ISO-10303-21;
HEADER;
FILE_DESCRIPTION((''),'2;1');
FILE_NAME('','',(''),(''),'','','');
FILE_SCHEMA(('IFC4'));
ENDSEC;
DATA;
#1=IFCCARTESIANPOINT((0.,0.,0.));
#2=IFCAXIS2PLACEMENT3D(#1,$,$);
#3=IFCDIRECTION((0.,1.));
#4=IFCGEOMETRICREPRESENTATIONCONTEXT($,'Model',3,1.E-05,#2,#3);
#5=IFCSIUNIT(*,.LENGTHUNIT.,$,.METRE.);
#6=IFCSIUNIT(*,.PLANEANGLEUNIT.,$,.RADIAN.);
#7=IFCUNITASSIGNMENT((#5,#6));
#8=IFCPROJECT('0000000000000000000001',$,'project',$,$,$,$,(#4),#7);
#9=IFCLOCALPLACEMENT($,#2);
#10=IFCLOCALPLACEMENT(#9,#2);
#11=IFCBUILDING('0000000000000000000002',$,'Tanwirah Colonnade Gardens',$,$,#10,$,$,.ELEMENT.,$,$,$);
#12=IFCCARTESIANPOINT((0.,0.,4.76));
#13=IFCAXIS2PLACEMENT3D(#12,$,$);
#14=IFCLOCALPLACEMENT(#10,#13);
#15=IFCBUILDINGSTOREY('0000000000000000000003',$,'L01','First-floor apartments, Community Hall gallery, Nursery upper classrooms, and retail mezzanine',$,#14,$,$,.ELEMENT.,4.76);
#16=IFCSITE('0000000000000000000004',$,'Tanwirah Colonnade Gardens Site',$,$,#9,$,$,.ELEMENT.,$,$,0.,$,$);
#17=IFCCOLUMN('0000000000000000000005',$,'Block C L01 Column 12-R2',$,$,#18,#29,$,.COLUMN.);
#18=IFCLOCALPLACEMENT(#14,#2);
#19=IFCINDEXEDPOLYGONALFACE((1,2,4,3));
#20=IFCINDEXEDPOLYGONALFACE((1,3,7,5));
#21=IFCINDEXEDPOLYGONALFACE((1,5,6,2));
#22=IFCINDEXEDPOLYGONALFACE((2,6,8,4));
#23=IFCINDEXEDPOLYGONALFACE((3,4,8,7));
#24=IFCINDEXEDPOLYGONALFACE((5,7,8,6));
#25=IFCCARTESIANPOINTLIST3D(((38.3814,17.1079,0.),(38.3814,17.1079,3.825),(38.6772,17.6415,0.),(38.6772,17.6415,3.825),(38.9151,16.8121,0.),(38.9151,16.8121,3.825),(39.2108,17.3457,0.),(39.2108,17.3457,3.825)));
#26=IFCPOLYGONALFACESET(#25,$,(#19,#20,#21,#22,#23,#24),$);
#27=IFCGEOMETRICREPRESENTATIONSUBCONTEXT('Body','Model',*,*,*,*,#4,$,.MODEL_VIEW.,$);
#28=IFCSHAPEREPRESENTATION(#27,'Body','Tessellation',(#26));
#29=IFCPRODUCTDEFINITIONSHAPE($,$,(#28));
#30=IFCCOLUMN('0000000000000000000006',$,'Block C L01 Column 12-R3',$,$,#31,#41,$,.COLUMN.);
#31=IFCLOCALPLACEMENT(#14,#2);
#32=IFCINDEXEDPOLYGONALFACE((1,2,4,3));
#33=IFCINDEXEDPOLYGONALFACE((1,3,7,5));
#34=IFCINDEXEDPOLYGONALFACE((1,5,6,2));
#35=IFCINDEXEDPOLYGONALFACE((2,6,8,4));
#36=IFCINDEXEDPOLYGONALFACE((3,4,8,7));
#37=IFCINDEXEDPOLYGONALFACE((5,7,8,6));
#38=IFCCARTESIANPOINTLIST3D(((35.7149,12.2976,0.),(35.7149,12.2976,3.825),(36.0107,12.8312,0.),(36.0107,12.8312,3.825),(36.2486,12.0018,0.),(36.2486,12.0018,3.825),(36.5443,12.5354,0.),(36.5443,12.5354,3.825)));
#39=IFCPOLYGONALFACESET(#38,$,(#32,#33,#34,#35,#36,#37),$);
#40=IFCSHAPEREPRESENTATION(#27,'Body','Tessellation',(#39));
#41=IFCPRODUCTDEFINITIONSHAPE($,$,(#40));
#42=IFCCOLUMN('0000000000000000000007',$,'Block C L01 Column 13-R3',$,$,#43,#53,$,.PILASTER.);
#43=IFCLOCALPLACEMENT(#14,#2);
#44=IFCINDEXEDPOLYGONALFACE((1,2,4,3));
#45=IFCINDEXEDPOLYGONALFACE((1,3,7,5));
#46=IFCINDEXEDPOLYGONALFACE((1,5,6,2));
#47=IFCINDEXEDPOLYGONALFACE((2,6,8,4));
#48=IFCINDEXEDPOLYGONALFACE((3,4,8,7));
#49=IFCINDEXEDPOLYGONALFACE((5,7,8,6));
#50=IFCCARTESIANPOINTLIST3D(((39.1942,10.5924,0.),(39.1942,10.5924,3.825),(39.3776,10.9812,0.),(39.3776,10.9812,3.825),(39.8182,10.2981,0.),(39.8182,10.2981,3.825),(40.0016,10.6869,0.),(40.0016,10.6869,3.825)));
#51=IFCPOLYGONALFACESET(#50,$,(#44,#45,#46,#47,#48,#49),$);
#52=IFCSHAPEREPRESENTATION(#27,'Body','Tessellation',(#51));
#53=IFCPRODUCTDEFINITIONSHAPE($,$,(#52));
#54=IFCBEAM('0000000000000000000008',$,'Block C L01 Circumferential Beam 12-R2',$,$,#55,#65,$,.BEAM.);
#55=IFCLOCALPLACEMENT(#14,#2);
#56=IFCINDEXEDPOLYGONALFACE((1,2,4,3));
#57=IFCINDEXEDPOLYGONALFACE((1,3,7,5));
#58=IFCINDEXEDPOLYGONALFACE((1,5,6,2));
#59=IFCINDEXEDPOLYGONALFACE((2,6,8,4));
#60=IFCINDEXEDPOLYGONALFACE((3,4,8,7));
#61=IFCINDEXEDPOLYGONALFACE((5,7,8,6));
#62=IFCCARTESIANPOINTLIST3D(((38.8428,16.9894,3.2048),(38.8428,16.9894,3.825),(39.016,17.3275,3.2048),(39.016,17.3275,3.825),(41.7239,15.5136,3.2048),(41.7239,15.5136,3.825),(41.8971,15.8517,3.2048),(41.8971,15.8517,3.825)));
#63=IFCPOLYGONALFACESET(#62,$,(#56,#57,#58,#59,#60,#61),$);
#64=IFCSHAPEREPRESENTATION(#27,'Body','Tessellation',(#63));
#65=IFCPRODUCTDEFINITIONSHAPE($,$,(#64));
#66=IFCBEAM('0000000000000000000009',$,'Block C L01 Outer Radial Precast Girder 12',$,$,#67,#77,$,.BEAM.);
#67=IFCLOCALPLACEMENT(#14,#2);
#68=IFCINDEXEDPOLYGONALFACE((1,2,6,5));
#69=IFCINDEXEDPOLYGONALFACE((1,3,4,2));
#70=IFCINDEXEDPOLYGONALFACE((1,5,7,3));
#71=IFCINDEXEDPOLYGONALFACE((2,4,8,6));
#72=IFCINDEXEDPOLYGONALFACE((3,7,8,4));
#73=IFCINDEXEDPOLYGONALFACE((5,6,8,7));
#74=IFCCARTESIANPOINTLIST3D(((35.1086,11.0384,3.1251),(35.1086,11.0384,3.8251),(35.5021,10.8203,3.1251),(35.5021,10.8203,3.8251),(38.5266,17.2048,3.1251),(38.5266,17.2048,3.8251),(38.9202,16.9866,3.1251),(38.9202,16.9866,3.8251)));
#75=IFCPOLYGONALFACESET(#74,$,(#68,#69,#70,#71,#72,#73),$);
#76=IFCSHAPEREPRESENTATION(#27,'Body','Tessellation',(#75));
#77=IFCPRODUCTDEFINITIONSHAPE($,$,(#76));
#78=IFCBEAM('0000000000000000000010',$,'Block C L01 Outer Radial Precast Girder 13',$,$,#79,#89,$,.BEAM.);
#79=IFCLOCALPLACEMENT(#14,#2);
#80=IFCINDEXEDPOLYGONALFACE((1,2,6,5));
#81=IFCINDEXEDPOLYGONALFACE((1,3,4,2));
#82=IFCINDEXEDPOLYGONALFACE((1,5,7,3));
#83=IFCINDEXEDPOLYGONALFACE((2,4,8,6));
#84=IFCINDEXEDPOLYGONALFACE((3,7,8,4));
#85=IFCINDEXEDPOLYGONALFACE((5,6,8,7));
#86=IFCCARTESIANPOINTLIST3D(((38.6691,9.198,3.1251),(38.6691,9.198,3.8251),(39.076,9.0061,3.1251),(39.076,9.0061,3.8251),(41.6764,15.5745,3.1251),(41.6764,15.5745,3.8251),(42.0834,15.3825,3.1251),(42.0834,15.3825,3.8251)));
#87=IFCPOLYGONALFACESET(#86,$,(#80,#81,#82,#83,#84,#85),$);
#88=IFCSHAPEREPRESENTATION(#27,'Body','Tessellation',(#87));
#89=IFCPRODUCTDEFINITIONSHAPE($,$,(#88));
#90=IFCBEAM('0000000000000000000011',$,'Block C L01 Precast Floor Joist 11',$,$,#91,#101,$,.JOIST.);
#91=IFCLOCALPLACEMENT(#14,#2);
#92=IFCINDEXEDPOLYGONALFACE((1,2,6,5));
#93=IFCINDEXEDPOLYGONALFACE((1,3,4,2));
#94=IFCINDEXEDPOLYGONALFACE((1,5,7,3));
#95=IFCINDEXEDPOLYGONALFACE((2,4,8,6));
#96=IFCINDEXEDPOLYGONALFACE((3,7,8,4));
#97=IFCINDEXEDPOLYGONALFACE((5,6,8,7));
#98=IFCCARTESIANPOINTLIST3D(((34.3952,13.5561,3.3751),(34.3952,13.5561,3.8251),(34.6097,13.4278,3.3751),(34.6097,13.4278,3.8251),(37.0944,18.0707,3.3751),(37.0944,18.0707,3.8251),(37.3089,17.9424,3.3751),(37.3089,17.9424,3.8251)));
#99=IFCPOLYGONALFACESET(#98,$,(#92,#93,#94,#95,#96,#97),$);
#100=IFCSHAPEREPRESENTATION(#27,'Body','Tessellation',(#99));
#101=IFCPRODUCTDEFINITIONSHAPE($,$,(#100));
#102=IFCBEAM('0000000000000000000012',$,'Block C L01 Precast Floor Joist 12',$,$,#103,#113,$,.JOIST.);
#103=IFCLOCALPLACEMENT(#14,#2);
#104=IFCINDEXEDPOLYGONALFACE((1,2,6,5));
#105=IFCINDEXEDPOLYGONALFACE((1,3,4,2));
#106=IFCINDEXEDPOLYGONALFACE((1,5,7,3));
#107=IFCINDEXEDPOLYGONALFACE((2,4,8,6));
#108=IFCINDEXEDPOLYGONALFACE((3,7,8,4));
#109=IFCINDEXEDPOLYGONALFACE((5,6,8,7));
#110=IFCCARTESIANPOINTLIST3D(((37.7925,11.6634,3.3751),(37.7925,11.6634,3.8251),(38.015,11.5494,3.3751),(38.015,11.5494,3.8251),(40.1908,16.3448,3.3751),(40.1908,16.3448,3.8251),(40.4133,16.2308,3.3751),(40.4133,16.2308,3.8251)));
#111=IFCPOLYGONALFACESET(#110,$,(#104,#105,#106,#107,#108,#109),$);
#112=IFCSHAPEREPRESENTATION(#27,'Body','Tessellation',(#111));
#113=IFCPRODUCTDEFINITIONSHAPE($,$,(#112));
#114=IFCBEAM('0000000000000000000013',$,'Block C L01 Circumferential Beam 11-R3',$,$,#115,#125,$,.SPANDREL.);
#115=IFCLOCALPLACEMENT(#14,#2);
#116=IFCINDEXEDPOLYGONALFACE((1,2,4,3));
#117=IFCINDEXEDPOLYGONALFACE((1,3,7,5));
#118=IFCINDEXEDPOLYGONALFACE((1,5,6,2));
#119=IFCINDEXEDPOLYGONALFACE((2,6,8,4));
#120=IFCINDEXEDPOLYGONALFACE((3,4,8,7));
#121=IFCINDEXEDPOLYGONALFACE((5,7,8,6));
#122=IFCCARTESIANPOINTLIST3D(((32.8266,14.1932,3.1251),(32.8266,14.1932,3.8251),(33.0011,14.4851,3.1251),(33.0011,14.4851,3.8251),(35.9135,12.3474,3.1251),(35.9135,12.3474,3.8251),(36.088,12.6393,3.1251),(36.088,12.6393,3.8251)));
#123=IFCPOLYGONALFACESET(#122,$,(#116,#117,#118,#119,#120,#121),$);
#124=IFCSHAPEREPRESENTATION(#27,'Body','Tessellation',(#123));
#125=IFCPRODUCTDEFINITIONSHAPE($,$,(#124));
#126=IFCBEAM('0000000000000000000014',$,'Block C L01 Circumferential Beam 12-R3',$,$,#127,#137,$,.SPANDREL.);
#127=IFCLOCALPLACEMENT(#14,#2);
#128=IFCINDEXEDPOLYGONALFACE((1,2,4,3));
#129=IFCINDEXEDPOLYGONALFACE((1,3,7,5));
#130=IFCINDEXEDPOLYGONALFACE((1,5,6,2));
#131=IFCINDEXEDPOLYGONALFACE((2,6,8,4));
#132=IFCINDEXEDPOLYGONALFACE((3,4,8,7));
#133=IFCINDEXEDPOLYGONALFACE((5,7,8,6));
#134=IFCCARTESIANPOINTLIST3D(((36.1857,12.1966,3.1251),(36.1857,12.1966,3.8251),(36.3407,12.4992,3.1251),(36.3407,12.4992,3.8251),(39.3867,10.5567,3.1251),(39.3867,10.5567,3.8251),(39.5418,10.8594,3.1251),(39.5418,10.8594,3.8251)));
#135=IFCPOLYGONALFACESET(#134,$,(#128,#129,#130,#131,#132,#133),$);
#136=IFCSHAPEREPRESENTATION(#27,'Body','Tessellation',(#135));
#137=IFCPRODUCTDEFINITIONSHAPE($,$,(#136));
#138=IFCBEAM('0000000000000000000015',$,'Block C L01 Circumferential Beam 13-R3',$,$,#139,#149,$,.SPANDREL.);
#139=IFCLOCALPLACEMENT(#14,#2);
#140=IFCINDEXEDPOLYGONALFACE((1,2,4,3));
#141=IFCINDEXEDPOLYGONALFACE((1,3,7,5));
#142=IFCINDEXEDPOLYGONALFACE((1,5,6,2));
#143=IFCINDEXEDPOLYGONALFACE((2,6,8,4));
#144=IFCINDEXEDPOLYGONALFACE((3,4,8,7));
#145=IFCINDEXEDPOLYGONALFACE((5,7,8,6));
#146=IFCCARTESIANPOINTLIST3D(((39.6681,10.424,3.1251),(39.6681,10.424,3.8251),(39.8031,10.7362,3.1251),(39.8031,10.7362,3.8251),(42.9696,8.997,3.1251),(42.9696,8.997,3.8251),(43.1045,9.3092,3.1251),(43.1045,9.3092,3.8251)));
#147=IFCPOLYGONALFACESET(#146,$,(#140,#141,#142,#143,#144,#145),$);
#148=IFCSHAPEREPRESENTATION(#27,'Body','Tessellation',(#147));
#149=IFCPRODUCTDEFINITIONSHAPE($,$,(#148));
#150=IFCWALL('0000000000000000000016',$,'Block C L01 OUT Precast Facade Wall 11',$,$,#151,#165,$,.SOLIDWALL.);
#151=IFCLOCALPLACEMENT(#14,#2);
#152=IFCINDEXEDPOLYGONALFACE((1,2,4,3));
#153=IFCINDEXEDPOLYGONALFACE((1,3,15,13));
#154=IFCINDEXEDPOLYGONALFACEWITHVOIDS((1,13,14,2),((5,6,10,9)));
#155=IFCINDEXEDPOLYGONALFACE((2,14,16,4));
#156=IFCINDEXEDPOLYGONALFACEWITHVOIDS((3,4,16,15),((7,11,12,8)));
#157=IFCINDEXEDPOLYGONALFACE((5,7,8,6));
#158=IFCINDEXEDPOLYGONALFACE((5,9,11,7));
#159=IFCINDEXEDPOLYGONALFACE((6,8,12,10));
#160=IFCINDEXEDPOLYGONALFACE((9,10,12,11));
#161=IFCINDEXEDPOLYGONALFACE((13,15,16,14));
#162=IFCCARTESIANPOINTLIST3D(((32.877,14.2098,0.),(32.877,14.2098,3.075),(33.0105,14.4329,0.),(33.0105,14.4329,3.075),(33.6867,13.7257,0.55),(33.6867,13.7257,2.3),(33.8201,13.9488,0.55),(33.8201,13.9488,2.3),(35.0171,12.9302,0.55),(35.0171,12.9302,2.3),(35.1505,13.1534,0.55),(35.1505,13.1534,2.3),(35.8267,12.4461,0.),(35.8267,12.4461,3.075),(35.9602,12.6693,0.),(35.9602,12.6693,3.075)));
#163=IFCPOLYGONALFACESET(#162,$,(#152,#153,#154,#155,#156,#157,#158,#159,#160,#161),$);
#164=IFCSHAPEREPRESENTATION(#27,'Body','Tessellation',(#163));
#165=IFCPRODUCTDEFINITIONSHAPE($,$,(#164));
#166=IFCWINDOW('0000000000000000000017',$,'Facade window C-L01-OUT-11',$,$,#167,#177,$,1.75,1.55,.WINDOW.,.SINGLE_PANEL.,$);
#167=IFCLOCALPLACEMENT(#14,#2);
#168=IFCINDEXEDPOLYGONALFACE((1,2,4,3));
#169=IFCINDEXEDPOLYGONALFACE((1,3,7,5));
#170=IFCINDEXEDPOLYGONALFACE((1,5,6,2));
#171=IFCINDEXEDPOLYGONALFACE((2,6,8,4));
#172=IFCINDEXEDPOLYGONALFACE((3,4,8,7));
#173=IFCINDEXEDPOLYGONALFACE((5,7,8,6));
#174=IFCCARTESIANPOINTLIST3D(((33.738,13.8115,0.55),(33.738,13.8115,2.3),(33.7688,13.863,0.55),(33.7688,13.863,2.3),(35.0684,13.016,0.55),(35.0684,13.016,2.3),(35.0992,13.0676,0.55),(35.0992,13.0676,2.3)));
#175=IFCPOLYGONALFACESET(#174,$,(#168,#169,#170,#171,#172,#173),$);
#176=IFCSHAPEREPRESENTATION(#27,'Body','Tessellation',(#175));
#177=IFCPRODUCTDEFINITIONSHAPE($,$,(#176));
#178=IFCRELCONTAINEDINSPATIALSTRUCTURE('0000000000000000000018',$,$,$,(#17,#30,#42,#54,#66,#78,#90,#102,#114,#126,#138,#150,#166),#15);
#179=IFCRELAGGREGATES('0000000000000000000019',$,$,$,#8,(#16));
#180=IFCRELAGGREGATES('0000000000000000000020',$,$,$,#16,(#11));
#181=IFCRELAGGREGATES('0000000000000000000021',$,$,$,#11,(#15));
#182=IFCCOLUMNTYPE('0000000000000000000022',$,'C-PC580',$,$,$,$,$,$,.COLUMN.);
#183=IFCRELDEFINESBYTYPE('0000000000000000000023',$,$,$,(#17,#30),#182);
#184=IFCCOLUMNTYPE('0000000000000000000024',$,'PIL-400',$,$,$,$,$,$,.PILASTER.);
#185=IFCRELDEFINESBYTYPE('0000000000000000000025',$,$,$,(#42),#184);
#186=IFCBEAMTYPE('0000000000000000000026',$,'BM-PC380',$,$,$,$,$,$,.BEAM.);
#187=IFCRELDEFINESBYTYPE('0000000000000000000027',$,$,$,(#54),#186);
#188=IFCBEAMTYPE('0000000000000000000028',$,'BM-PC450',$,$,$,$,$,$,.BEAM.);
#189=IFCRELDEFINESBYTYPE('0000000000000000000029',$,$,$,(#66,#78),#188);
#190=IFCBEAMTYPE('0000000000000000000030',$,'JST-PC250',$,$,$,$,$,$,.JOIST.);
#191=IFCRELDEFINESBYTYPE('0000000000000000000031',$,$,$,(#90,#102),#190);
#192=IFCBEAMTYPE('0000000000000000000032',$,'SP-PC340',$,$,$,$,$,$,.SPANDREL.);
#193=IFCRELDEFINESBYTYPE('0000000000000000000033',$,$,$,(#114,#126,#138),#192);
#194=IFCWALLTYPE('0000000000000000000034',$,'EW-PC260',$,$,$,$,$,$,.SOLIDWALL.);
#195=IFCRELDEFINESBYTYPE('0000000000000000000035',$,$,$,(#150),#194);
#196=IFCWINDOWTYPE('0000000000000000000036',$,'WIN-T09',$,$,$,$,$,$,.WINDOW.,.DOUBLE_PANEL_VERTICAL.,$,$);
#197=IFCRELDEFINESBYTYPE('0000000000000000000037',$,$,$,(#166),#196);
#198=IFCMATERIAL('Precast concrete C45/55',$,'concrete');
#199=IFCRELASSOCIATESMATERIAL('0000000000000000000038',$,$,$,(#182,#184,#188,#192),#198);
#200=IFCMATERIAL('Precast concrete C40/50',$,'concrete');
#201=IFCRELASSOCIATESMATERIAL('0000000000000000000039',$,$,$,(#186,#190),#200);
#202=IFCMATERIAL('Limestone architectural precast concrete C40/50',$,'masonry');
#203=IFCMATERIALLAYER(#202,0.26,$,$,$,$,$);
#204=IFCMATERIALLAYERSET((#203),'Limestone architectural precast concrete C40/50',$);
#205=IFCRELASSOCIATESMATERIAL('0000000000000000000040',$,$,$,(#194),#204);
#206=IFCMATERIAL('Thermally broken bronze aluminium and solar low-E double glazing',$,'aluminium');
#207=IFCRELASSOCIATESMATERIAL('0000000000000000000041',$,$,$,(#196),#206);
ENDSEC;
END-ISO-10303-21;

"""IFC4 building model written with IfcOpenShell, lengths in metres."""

from ifc_helpers import new_model, si_unit, direction, frame, frame_2d, origin, origin_2d, place, context, subcontext, project, spatial, rectangle, extrude, material, layer, layer_set, material_profile, profile_set, type_object, element, fill, save


model = new_model("IFC4")

# Units and contexts
model_context = context("Model", 3, precision=1e-05, world=origin(), true_north=direction((0.0, 1.0)))
body_context = subcontext(model_context, "Body", "Model", "MODEL_VIEW")
ifc_project = project(units=[si_unit("LENGTHUNIT", "METRE"), si_unit("PLANEANGLEUNIT", "RADIAN")], contexts=[model_context])

# Site, building, storey
site_placement = place(None, origin())
site = spatial("IfcSite", under=ifc_project, at=site_placement, Name="Tanwirah Colonnade Gardens Site", CompositionType="ELEMENT", RefElevation=0.0)
building_placement = place(site_placement, origin())
building = spatial("IfcBuilding", under=site, at=building_placement, Name="Tanwirah Colonnade Gardens", CompositionType="ELEMENT")
storey_placement = place(building_placement, frame((0.0, 0.0, 4.76)))
storey = spatial("IfcBuildingStorey", under=building, at=storey_placement, Name="L01", Description="First-floor apartments, Community Hall gallery, Nursery upper classrooms, and retail mezzanine", CompositionType="ELEMENT", Elevation=4.76)

# Columns
ifc_material_1 = material(Name="Precast concrete C45/55", Category="concrete")
ifc_material_profile_1 = material_profile(ifc_material_1, rectangle(XDim=0.6101, YDim=0.6101, at=origin_2d()), Name="PC-COL 610x610")
ifc_profile_set_1 = profile_set([ifc_material_profile_1], Name="Precast concrete C45/55")
column_type_1 = type_object("IfcColumnType", Name="C-PC580", PredefinedType="COLUMN", material=ifc_profile_set_1)
for number, where, z_axis, x_axis, name in (
    (1, (38.7961, 17.2268, 0.0), (0.0, 0.0, 1.0), (-0.48481, -0.87462, 0.0), "Block C L01 Column 12-R2"),
    (2, (36.1296, 12.4165, 0.0), (0.0, 0.0, 1.0), (-0.48481, -0.87462, 0.0), "Block C L01 Column 12-R3"),
):
    element("IfcColumn", number, at=place(storey_placement, frame(where, z_axis=z_axis, x_axis=x_axis)), inside=storey, type_object=column_type_1, Name=name, PredefinedType="COLUMN", context=body_context, shape_type="SweptSolid", body=[
        extrude(rectangle(XDim=0.6101, YDim=0.6101, at=origin_2d()), origin(), (0.0, 0.0, 1.0), 3.825),
    ])
ifc_material_profile_2 = material_profile(ifc_material_1, rectangle(XDim=0.4299, YDim=0.6899, at=origin_2d()), Name="PC-PIL 430x690")
ifc_profile_set_2 = profile_set([ifc_material_profile_2], Name="Precast concrete C45/55")
column_type_2 = type_object("IfcColumnType", Name="PIL-400", PredefinedType="PILASTER", material=ifc_profile_set_2)
column_placement = place(storey_placement, frame((39.5979, 10.6396, 0.0), z_axis=(0.0, 0.0, 1.0), x_axis=(-0.426569, -0.904455, 0.0)))
element("IfcColumn", 3, at=column_placement, inside=storey, type_object=column_type_2, Name="Block C L01 Column 13-R3", PredefinedType="PILASTER", context=body_context, shape_type="SweptSolid", body=[
    extrude(rectangle(XDim=0.4299, YDim=0.6899, at=origin_2d()), origin(), (0.0, 0.0, 1.0), 3.825),
])

# Beams
ifc_material_2 = material(Name="Precast concrete C40/50", Category="concrete")
ifc_material_profile_3 = material_profile(ifc_material_2, rectangle(XDim=0.3799, YDim=0.6201, at=origin_2d()), Name="PC-BM 380x620")
ifc_profile_set_3 = profile_set([ifc_material_profile_3], Name="Precast concrete C40/50")
beam_type_1 = type_object("IfcBeamType", Name="BM-PC380", PredefinedType="BEAM", material=ifc_profile_set_3)
beam_1_placement = place(storey_placement, frame((38.9294, 17.1584, 3.5149), z_axis=(0.890025, -0.455911, 0.0), x_axis=(0.455911, 0.890025, 0.0)))
element("IfcBeam", 4, at=beam_1_placement, inside=storey, type_object=beam_type_1, Name="Block C L01 Circumferential Beam 12-R2", PredefinedType="BEAM", context=body_context, shape_type="SweptSolid", body=[
    extrude(rectangle(XDim=0.3799, YDim=0.6201, at=origin_2d()), origin(), (0.0, 0.0, 1.0), 3.2371),
])
ifc_material_profile_4 = material_profile(ifc_material_1, rectangle(XDim=0.45, YDim=0.7, at=origin_2d()), Name="PC-BM 450x700")
ifc_profile_set_4 = profile_set([ifc_material_profile_4], Name="Precast concrete C45/55")
beam_type_2 = type_object("IfcBeamType", Name="BM-PC450", PredefinedType="BEAM", material=ifc_profile_set_4)
beam_2_placement = place(storey_placement, frame((38.7234, 17.0957, 3.4751), z_axis=(-0.484805, -0.874622, 0.0), x_axis=(0.874622, -0.484805, 0.0)))
element("IfcBeam", 5, at=beam_2_placement, inside=storey, type_object=beam_type_2, Name="Block C L01 Outer Radial Precast Girder 12", PredefinedType="BEAM", context=body_context, shape_type="SweptSolid", body=[
    extrude(rectangle(XDim=0.45, YDim=0.7, at=origin_2d()), origin(), (0.0, 0.0, 1.0), 7.0503),
])
beam_3_placement = place(storey_placement, frame((41.8799, 15.4785, 3.4751), z_axis=(-0.426567, -0.904456, 0.0), x_axis=(0.904456, -0.426567, 0.0)))
element("IfcBeam", 6, at=beam_3_placement, inside=storey, type_object=beam_type_2, Name="Block C L01 Outer Radial Precast Girder 13", PredefinedType="BEAM", context=body_context, shape_type="SweptSolid", body=[
    extrude(rectangle(XDim=0.45, YDim=0.7, at=origin_2d()), origin(), (0.0, 0.0, 1.0), 7.05),
])
ifc_material_profile_5 = material_profile(ifc_material_2, rectangle(XDim=0.25, YDim=0.45, at=origin_2d()), Name="PC-JST 250x450")
ifc_profile_set_5 = profile_set([ifc_material_profile_5], Name="Precast concrete C40/50")
beam_type_3 = type_object("IfcBeamType", Name="JST-PC250", PredefinedType="JOIST", material=ifc_profile_set_5)
for number, where, z_axis, x_axis, name in (
    (7, (37.2017, 18.0066, 3.6001), (-0.513157, -0.858295, 0.0), (0.858295, -0.513157, 0.0), "Block C L01 Precast Floor Joist 11"),
    (8, (40.302, 16.2878, 3.6001), (-0.455937, -0.890012, 0.0), (0.890012, -0.455937, 0.0), "Block C L01 Precast Floor Joist 12"),
):
    element("IfcBeam", number, at=place(storey_placement, frame(where, z_axis=z_axis, x_axis=x_axis)), inside=storey, type_object=beam_type_3, Name=name, PredefinedType="JOIST", context=body_context, shape_type="SweptSolid", body=[
        extrude(rectangle(XDim=0.25, YDim=0.45, at=origin_2d()), origin(), (0.0, 0.0, 1.0), 5.26),
    ])
ifc_material_profile_6 = material_profile(ifc_material_1, rectangle(XDim=0.3401, YDim=0.7, at=origin_2d()), Name="PC-SP 340x700")
ifc_profile_set_6 = profile_set([ifc_material_profile_6], Name="Precast concrete C45/55")
beam_type_4 = type_object("IfcBeamType", Name="SP-PC340", PredefinedType="SPANDREL", material=ifc_profile_set_6)
for number, where, z_axis, x_axis, name in (
    (9, (32.9138, 14.3391, 3.4751), (0.858283, -0.513177, 0.0), (0.513177, 0.858283, 0.0), "Block C L01 Circumferential Beam 11-R3"),
    (10, (36.2632, 12.3479, 3.4751), (0.890013, -0.455935, 0.0), (0.455935, 0.890013, 0.0), "Block C L01 Circumferential Beam 12-R3"),
    (11, (39.7356, 10.5801, 3.4751), (0.917926, -0.396752, 0.0), (0.396752, 0.917926, 0.0), "Block C L01 Circumferential Beam 13-R3"),
):
    element("IfcBeam", number, at=place(storey_placement, frame(where, z_axis=z_axis, x_axis=x_axis)), inside=storey, type_object=beam_type_4, Name=name, PredefinedType="SPANDREL", context=body_context, shape_type="SweptSolid", body=[
        extrude(rectangle(XDim=0.3401, YDim=0.7, at=origin_2d()), origin(), (0.0, 0.0, 1.0), 3.5967),
    ])

# Wall, opening, window
ifc_material_3 = material(Name="Limestone architectural precast concrete C40/50", Category="masonry")
ifc_layer_1 = layer(ifc_material_3, 0.26)
ifc_layer_set_1 = layer_set([ifc_layer_1], Name="Limestone architectural precast concrete C40/50")
wall_type_1 = type_object("IfcWallType", Name="EW-PC260", PredefinedType="SOLIDWALL", material=ifc_layer_set_1)
wall_1_placement = place(storey_placement, frame((32.9438, 14.3213, 0.0), z_axis=(0.0, 0.0, 1.0), x_axis=(0.858282, -0.513179, 0.0)))
wall_1 = element("IfcWall", 12, at=wall_1_placement, inside=storey, type_object=wall_type_1, Name="Block C L01 OUT Precast Facade Wall 11", PredefinedType="SOLIDWALL", context=body_context, shape_type="SweptSolid", body=[
    extrude(rectangle(XDim=3.4368, YDim=0.26, at=frame_2d((1.7183, 0.0))), origin(), (0.0, 0.0, 1.0), 3.075),
])
opening_1_placement = place(wall_1_placement, frame((0.9434, 0.0, 0.55)))
opening_1 = element("IfcOpeningElement", 13, at=opening_1_placement, cuts=wall_1, PredefinedType="OPENING", context=body_context, shape_type="SweptSolid", body=[
    extrude(rectangle(XDim=1.55, YDim=1.75, at=frame_2d((0.7749, 0.875))), frame((0.0, 0.1399, 0.0), z_axis=(0.0, -1.0, 0.0), x_axis=(1.0, 0.0, 0.0)), (0.0, 0.0, 1.0), 0.28),
])
ifc_material_4 = material(Name="Thermally broken bronze aluminium and solar low-E double glazing", Category="aluminium")
window_type_1 = type_object("IfcWindowType", Name="WIN-T09", PartitioningType="DOUBLE_PANEL_VERTICAL", PredefinedType="WINDOW", material=ifc_material_4)
window_1_placement = place(opening_1_placement, origin())
window_1 = element("IfcWindow", 14, at=window_1_placement, inside=storey, type_object=window_type_1, Name="Facade window C-L01-OUT-11", OverallHeight=1.75, OverallWidth=1.55, PartitioningType="SINGLE_PANEL", PredefinedType="WINDOW", context=body_context, shape_type="SweptSolid", body=[
    extrude(rectangle(XDim=1.55, YDim=1.75, at=frame_2d((0.7749, 0.875))), frame((0.0, 0.03, 0.0), z_axis=(0.0, -1.0, 0.0), x_axis=(1.0, 0.0, 0.0)), (0.0, 0.0, 1.0), 0.0601),
])
fill(opening_1, window_1)

save(model, "model.ifc")
